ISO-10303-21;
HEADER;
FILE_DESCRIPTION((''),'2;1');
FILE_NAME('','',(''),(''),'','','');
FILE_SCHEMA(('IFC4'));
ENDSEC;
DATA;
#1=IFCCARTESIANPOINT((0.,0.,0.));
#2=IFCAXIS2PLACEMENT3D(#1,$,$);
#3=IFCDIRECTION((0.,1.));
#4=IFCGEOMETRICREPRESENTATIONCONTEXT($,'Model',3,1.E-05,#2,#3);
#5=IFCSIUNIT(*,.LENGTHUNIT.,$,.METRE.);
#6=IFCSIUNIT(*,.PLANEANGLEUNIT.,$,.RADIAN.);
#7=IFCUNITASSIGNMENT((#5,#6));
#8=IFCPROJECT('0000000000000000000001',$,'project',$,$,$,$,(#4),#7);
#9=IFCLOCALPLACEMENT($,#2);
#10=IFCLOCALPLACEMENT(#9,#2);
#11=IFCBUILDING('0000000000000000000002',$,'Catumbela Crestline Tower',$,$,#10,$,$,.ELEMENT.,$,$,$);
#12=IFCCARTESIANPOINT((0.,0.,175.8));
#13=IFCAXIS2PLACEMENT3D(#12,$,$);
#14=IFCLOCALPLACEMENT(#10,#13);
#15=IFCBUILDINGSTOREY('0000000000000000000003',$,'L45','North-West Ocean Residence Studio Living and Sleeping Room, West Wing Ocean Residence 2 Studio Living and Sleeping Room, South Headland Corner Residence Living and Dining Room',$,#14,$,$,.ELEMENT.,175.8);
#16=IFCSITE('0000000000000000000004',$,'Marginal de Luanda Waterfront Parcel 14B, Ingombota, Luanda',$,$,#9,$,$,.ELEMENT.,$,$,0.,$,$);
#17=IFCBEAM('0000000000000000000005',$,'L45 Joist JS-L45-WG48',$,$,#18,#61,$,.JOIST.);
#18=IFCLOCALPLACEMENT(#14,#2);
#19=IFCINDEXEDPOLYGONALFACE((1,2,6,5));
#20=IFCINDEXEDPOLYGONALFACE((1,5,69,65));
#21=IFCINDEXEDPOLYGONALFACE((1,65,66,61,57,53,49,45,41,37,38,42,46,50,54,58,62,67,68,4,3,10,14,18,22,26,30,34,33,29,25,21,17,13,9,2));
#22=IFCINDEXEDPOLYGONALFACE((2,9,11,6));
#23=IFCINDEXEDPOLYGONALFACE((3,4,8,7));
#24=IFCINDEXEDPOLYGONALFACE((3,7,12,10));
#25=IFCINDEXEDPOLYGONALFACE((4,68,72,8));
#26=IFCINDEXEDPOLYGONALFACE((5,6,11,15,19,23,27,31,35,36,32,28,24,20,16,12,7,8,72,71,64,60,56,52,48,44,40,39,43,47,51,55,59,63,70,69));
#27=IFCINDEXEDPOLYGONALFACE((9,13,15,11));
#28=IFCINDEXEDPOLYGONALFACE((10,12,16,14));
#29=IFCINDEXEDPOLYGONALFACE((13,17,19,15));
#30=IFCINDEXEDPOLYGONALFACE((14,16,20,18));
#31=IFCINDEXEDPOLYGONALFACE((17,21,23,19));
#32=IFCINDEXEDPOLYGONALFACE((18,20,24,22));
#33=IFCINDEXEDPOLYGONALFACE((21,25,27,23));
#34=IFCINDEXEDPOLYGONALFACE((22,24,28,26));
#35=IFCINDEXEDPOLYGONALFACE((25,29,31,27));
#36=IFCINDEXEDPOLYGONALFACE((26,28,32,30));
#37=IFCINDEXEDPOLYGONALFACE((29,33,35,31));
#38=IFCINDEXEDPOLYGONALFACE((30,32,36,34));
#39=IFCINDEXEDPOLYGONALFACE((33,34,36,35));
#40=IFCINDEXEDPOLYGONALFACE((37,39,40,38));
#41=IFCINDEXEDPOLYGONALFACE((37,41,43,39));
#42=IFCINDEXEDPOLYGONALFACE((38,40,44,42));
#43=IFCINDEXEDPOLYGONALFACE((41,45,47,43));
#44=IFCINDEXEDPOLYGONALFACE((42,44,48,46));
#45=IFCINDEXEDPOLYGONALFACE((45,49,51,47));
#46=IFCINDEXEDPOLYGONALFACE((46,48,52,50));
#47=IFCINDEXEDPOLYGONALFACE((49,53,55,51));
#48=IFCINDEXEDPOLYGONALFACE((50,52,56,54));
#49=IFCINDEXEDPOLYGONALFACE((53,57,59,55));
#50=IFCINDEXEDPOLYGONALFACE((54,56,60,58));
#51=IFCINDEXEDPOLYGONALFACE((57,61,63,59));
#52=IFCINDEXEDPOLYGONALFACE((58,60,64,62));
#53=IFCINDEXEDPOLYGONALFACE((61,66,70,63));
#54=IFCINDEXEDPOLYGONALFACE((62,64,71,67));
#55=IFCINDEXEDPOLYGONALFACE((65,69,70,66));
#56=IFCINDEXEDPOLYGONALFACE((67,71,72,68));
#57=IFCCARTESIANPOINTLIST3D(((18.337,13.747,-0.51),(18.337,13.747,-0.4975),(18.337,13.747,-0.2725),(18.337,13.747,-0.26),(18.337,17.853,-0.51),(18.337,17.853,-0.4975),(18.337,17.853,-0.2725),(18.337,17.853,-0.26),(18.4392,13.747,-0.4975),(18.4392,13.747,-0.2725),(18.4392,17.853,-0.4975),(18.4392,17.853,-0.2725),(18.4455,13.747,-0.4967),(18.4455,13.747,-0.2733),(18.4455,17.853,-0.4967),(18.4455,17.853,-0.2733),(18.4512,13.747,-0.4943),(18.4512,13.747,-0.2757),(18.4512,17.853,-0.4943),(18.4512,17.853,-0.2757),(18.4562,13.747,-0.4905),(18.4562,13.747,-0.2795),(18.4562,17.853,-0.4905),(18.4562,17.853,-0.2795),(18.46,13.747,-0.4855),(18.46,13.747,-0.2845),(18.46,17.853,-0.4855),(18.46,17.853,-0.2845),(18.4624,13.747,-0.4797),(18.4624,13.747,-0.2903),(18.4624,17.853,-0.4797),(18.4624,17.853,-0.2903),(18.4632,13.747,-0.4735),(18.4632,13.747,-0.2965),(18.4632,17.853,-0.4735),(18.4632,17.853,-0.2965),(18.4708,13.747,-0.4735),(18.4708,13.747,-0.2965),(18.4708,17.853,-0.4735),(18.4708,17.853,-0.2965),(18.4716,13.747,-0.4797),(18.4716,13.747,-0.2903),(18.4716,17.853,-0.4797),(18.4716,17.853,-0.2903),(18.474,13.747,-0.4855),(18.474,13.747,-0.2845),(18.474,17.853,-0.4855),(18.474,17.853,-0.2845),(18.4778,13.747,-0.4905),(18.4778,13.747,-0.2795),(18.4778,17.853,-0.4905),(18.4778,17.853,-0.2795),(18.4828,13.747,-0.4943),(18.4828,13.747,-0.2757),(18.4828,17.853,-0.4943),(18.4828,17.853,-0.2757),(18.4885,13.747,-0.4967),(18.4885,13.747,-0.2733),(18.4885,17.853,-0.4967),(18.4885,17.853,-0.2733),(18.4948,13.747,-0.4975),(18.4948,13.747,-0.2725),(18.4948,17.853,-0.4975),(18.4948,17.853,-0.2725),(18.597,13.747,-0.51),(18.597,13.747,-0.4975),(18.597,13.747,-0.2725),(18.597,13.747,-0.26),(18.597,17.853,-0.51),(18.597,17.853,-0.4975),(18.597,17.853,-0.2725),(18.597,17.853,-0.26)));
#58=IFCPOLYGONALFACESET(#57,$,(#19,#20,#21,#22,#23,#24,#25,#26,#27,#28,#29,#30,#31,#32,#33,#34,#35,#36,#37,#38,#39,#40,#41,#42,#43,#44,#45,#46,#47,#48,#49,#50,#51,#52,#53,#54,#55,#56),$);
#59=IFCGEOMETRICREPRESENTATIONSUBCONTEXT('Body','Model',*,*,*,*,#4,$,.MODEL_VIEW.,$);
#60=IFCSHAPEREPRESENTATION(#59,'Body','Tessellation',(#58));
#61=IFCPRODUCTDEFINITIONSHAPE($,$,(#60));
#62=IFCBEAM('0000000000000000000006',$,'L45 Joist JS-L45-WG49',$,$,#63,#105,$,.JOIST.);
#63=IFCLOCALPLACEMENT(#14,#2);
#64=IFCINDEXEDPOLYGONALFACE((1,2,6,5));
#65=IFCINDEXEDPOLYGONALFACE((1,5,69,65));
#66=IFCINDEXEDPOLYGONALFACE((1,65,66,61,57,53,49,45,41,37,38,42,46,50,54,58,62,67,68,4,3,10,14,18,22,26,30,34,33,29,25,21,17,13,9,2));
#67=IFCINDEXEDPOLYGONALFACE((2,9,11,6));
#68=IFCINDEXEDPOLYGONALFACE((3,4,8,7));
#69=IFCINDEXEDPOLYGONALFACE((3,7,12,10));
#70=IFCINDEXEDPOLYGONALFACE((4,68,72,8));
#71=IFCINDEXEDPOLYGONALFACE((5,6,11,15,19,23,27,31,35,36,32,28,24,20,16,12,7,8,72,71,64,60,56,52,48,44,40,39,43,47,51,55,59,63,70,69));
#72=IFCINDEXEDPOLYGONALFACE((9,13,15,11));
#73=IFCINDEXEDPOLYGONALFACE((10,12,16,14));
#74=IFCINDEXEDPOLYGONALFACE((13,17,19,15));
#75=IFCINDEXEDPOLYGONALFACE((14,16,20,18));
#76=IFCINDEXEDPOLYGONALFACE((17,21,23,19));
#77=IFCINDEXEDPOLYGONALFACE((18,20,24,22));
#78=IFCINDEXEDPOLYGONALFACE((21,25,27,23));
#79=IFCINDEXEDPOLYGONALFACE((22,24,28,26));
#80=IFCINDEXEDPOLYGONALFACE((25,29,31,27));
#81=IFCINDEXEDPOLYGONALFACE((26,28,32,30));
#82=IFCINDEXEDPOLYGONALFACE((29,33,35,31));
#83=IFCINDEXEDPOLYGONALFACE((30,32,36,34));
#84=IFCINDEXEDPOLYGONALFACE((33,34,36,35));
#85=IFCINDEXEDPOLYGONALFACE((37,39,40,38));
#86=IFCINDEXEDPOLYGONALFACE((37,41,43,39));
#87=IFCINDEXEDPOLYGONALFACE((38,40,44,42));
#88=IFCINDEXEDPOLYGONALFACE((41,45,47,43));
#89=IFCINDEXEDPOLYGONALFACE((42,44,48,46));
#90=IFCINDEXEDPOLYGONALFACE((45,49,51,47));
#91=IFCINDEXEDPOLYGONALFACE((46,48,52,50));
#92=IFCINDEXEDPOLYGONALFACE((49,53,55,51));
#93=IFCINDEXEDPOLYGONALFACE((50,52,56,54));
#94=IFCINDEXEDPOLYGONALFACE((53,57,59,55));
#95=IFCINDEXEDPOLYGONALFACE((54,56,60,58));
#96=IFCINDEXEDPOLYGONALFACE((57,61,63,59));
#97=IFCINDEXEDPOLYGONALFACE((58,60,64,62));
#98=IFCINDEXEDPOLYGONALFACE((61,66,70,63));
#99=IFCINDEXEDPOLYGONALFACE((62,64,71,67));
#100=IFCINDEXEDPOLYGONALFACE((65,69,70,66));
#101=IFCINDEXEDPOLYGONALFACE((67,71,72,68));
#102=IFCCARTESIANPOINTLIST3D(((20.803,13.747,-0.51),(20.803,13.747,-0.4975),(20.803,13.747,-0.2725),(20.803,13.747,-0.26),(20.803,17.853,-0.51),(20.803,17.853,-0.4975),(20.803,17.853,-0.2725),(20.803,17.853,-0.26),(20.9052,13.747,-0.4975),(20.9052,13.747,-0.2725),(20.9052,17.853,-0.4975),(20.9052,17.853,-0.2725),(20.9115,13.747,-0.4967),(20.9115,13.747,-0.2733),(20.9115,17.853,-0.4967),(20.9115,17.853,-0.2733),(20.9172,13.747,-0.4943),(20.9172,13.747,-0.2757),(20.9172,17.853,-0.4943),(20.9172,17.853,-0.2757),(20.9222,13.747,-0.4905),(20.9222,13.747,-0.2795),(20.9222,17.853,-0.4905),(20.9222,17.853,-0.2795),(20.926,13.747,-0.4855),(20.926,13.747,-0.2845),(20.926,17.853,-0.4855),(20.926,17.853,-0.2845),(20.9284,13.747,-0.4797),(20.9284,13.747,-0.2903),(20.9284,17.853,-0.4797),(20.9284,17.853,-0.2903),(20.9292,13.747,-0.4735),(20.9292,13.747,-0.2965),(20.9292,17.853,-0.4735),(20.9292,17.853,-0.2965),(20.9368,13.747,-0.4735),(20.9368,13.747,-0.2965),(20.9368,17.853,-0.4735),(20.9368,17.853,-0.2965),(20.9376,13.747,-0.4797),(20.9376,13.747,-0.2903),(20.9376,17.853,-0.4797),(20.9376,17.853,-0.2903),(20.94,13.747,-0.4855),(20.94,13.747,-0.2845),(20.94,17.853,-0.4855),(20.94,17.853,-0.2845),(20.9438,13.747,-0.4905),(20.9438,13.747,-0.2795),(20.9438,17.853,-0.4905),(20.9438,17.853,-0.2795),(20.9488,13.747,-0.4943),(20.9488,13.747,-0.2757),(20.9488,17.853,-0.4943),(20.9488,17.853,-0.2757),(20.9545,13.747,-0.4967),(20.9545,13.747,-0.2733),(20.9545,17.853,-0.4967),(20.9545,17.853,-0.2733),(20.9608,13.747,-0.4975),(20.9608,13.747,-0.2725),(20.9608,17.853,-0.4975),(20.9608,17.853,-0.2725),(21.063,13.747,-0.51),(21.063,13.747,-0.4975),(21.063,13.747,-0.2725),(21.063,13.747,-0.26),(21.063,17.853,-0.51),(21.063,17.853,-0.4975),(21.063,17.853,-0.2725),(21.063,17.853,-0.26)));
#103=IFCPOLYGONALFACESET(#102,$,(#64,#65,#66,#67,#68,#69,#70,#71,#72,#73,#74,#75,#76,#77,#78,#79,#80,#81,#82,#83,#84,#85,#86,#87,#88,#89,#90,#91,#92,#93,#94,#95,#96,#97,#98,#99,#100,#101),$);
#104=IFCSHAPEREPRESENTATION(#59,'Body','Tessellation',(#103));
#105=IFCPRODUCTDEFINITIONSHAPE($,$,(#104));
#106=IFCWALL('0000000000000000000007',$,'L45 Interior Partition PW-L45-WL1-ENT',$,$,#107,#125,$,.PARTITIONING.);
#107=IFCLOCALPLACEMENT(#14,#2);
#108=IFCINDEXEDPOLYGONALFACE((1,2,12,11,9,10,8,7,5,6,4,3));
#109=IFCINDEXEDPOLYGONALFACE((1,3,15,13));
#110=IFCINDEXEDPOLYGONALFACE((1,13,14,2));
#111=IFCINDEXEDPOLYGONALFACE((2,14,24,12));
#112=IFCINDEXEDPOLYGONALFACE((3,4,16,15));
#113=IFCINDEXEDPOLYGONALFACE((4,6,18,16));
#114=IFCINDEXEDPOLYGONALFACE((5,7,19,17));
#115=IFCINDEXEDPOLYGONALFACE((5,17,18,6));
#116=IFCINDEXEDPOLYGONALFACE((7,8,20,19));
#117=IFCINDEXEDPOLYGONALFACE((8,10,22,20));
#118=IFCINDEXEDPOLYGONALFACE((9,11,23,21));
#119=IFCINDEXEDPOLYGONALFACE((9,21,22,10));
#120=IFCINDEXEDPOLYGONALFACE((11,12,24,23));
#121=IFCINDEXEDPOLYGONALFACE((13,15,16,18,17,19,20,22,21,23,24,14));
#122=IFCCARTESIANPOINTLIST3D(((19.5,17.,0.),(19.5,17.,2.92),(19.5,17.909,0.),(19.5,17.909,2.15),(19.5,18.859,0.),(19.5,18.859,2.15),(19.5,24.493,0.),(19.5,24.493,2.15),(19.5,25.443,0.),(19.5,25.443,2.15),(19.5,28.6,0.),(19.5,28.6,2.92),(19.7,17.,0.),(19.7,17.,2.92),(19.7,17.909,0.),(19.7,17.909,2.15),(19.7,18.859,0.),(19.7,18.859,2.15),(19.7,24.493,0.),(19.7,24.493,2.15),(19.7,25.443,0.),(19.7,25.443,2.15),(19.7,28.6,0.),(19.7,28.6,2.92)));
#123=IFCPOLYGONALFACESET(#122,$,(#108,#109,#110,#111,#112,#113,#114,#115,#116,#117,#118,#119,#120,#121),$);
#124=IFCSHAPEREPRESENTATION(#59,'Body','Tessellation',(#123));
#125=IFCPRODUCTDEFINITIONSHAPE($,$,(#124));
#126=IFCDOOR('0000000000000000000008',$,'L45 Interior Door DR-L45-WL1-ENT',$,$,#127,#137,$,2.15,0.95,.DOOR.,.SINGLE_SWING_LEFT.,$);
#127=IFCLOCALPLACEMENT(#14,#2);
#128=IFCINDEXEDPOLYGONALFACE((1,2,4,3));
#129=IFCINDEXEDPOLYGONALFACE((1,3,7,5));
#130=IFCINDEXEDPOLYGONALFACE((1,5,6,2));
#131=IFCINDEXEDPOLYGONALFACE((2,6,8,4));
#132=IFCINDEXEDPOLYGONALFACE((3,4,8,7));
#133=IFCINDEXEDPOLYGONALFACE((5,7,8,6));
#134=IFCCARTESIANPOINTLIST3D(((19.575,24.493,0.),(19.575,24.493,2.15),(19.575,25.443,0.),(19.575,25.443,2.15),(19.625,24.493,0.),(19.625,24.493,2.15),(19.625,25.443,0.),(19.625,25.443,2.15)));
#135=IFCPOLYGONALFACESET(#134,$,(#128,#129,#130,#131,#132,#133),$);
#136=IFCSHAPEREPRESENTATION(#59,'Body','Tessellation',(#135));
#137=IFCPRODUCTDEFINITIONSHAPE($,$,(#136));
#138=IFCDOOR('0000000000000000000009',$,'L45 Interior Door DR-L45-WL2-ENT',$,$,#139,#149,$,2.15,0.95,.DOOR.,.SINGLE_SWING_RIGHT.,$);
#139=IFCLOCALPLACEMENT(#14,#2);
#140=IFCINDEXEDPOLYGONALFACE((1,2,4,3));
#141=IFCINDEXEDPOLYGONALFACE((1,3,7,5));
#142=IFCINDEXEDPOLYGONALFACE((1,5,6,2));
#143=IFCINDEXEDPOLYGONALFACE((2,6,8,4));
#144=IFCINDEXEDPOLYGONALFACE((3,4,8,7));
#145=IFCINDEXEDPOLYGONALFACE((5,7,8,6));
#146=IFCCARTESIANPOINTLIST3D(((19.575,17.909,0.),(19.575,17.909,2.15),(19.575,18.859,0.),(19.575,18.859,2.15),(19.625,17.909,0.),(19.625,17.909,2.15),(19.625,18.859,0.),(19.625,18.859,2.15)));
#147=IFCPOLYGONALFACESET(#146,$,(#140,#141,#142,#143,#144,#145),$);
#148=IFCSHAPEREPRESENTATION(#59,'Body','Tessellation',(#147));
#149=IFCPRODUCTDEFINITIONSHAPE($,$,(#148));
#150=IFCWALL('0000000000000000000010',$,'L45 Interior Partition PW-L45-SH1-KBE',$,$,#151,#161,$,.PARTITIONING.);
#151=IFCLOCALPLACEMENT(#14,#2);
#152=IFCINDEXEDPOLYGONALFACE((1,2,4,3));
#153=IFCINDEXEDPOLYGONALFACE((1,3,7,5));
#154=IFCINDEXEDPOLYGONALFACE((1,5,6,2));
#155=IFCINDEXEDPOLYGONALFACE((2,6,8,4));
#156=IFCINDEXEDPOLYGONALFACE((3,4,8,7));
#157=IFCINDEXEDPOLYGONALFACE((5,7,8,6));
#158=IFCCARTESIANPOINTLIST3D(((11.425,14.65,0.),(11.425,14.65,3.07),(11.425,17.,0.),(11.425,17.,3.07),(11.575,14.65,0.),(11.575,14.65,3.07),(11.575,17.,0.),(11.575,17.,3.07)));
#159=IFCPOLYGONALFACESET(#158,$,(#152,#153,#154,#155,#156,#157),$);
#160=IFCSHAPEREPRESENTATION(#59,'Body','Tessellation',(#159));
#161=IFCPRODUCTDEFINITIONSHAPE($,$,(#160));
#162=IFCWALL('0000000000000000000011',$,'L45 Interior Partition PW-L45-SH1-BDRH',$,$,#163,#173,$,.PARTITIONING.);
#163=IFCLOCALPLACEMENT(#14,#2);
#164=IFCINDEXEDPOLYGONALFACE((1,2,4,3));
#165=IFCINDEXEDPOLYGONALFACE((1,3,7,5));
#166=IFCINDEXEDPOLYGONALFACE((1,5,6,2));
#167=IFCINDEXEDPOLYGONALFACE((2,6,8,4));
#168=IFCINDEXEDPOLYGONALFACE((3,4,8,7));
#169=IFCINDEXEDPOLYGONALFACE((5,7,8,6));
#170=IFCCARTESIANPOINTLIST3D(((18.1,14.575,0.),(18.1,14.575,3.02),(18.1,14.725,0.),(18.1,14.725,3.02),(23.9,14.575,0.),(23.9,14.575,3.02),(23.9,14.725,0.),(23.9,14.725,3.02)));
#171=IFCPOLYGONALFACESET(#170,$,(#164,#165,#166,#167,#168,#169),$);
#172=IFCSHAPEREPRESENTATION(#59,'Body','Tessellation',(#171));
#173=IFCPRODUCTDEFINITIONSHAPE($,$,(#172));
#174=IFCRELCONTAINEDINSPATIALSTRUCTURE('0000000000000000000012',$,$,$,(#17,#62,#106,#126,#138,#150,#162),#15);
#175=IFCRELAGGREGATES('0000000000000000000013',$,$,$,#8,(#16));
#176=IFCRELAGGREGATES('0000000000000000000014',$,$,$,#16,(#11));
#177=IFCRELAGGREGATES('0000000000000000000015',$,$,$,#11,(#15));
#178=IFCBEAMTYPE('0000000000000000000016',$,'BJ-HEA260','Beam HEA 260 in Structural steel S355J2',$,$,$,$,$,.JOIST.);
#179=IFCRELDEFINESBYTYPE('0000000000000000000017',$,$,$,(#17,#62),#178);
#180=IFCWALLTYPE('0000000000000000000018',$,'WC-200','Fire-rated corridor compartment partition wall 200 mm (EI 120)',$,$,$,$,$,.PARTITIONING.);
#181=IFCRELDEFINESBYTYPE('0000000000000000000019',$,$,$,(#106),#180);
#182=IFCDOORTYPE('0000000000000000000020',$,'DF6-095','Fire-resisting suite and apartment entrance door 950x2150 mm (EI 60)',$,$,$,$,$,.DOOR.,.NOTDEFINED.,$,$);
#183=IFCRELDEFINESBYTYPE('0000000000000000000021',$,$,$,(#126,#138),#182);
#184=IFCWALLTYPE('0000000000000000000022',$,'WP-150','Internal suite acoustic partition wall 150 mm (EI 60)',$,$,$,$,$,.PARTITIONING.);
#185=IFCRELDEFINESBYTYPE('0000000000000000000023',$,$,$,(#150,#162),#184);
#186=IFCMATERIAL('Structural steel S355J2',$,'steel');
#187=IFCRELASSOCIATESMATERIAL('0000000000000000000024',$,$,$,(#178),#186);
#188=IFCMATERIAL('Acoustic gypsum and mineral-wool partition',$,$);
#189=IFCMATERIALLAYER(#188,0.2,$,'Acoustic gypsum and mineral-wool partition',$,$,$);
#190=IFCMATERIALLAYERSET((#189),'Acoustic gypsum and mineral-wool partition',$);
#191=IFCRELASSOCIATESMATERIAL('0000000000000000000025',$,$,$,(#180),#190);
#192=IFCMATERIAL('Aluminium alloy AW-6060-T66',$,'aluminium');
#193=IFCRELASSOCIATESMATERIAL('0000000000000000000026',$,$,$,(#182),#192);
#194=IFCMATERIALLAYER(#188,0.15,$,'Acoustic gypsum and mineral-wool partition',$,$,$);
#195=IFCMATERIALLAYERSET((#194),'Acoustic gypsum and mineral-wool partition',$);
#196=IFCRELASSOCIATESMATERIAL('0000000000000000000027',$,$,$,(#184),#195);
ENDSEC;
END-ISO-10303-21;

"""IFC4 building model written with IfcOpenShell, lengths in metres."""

from ifc_helpers import new_model, si_unit, direction, frame, frame_2d, origin, origin_2d, place, context, subcontext, project, spatial, rectangle, i_section, extrude, material, layer, layer_set, material_profile, profile_set, type_object, element, fill, save


model = new_model("IFC4")

# Units and contexts
model_context = context("Model", 3, precision=1e-05, world=origin(), true_north=direction((0.0, 1.0)))
body_context = subcontext(model_context, "Body", "Model", "MODEL_VIEW")
ifc_project = project(units=[si_unit("LENGTHUNIT", "METRE"), si_unit("PLANEANGLEUNIT", "RADIAN")], contexts=[model_context])

# Site, building, storey
site_placement = place(None, origin())
site = spatial("IfcSite", under=ifc_project, at=site_placement, Name="Marginal de Luanda Waterfront Parcel 14B, Ingombota, Luanda", CompositionType="ELEMENT", RefElevation=0.0)
building_placement = place(site_placement, origin())
building = spatial("IfcBuilding", under=site, at=building_placement, Name="Catumbela Crestline Tower", CompositionType="ELEMENT")
storey_placement = place(building_placement, frame((0.0, 0.0, 175.8)))
storey = spatial("IfcBuildingStorey", under=building, at=storey_placement, Name="L45", Description="North-West Ocean Residence Studio Living and Sleeping Room, West Wing Ocean Residence 2 Studio Living and Sleeping Room, South Headland Corner Residence Living and Dining Room", CompositionType="ELEMENT", Elevation=175.8)

# Shared definitions
ifc_material_1 = material(Name="Structural steel S355J2", Category="steel")

# Beams
ifc_material_profile_1 = material_profile(ifc_material_1, i_section(OverallWidth=0.26, OverallDepth=0.25, WebThickness=0.0075, FlangeThickness=0.0125, FilletRadius=0.024, at=origin_2d()), Name="HEA 260")
ifc_profile_set_1 = profile_set([ifc_material_profile_1], Name="Structural steel S355J2")
beam_type_1 = type_object("IfcBeamType", Name="BJ-HEA260", Description="Beam HEA 260 in Structural steel S355J2", PredefinedType="JOIST", material=ifc_profile_set_1)
for number, where, z_axis, x_axis, name in (
    (1, (18.467, 13.747, -0.385), (0.0, 1.0, 0.0), (-1.0, 0.0, 0.0), "L45 Joist JS-L45-WG48"),
    (2, (20.933, 13.747, -0.385), (0.0, 1.0, 0.0), (-1.0, 0.0, 0.0), "L45 Joist JS-L45-WG49"),
):
    element("IfcBeam", number, at=place(storey_placement, frame(where, z_axis=z_axis, x_axis=x_axis)), inside=storey, type_object=beam_type_1, Name=name, PredefinedType="JOIST", context=body_context, shape_type="SweptSolid", body=[
        extrude(i_section(OverallWidth=0.26, OverallDepth=0.25, WebThickness=0.0075, FlangeThickness=0.0125, FilletRadius=0.024, at=origin_2d()), origin(), (0.0, 0.0, 1.0), 4.106),
    ])

# Wall, openings, doors
ifc_material_2 = material(Name="Acoustic gypsum and mineral-wool partition")
ifc_layer_1 = layer(ifc_material_2, 0.2, Name="Acoustic gypsum and mineral-wool partition")
ifc_layer_set_1 = layer_set([ifc_layer_1], Name="Acoustic gypsum and mineral-wool partition")
wall_type_1 = type_object("IfcWallType", Name="WC-200", Description="Fire-rated corridor compartment partition wall 200 mm (EI 120)", PredefinedType="PARTITIONING", material=ifc_layer_set_1)
wall_1_placement = place(storey_placement, frame((19.6, 17.0, 0.0), z_axis=(0.0, 0.0, 1.0), x_axis=(0.0, 1.0, 0.0)))
wall_1 = element("IfcWall", 3, at=wall_1_placement, inside=storey, type_object=wall_type_1, Name="L45 Interior Partition PW-L45-WL1-ENT", PredefinedType="PARTITIONING", context=body_context, shape_type="SweptSolid", body=[
    extrude(rectangle(XDim=11.6, YDim=0.2, at=frame_2d((5.8, 0.0))), origin(), (0.0, 0.0, 1.0), 2.92),
])
opening_1_placement = place(wall_1_placement, frame((7.493, 0.0, 0.0)))
opening_1 = element("IfcOpeningElement", 4, at=opening_1_placement, cuts=wall_1, PredefinedType="OPENING", context=body_context, shape_type="SweptSolid", body=[
    extrude(rectangle(XDim=0.95, YDim=2.15, at=frame_2d((0.475, 1.075))), frame((0.0, 0.11, 0.0), z_axis=(0.0, -1.0, 0.0), x_axis=(1.0, 0.0, 0.0)), (0.0, 0.0, 1.0), 0.22),
])
opening_2_placement = place(wall_1_placement, frame((0.909, 0.0, 0.0)))
opening_2 = element("IfcOpeningElement", 5, at=opening_2_placement, cuts=wall_1, PredefinedType="OPENING", context=body_context, shape_type="SweptSolid", body=[
    extrude(rectangle(XDim=0.95, YDim=2.15, at=frame_2d((0.475, 1.075))), frame((0.0, 0.11, 0.0), z_axis=(0.0, -1.0, 0.0), x_axis=(1.0, 0.0, 0.0)), (0.0, 0.0, 1.0), 0.22),
])
ifc_material_3 = material(Name="Aluminium alloy AW-6060-T66", Category="aluminium")
door_type = type_object("IfcDoorType", Name="DF6-095", Description="Fire-resisting suite and apartment entrance door 950x2150 mm (EI 60)", OperationType="NOTDEFINED", PredefinedType="DOOR", material=ifc_material_3)
door_1_placement = place(opening_1_placement, origin())
door_1 = element("IfcDoor", 6, at=door_1_placement, inside=storey, type_object=door_type, Name="L45 Interior Door DR-L45-WL1-ENT", OperationType="SINGLE_SWING_LEFT", OverallHeight=2.15, OverallWidth=0.95, PredefinedType="DOOR", context=body_context, shape_type="SweptSolid", body=[
    extrude(rectangle(XDim=0.95, YDim=2.15, at=frame_2d((0.475, 1.075))), frame((0.0, 0.025, 0.0), z_axis=(0.0, -1.0, 0.0), x_axis=(1.0, 0.0, 0.0)), (0.0, 0.0, 1.0), 0.05),
])
fill(opening_1, door_1)
door_2_placement = place(opening_2_placement, origin())
door_2 = element("IfcDoor", 7, at=door_2_placement, inside=storey, type_object=door_type, Name="L45 Interior Door DR-L45-WL2-ENT", OperationType="SINGLE_SWING_RIGHT", OverallHeight=2.15, OverallWidth=0.95, PredefinedType="DOOR", context=body_context, shape_type="SweptSolid", body=[
    extrude(rectangle(XDim=0.95, YDim=2.15, at=frame_2d((0.475, 1.075))), frame((0.0, 0.025, 0.0), z_axis=(0.0, -1.0, 0.0), x_axis=(1.0, 0.0, 0.0)), (0.0, 0.0, 1.0), 0.05),
])
fill(opening_2, door_2)

# Walls
ifc_layer_2 = layer(ifc_material_2, 0.15, Name="Acoustic gypsum and mineral-wool partition")
ifc_layer_set_2 = layer_set([ifc_layer_2], Name="Acoustic gypsum and mineral-wool partition")
wall_type_2 = type_object("IfcWallType", Name="WP-150", Description="Internal suite acoustic partition wall 150 mm (EI 60)", PredefinedType="PARTITIONING", material=ifc_layer_set_2)
wall_2_placement = place(storey_placement, frame((11.5, 14.65, 0.0), z_axis=(0.0, 0.0, 1.0), x_axis=(0.0, 1.0, 0.0)))
element("IfcWall", 8, at=wall_2_placement, inside=storey, type_object=wall_type_2, Name="L45 Interior Partition PW-L45-SH1-KBE", PredefinedType="PARTITIONING", context=body_context, shape_type="SweptSolid", body=[
    extrude(rectangle(XDim=2.35, YDim=0.15, at=frame_2d((1.175, 0.0))), origin(), (0.0, 0.0, 1.0), 3.07),
])
wall_3_placement = place(storey_placement, frame((18.1, 14.65, 0.0), z_axis=(0.0, 0.0, 1.0), x_axis=(1.0, 0.0, 0.0)))
element("IfcWall", 9, at=wall_3_placement, inside=storey, type_object=wall_type_2, Name="L45 Interior Partition PW-L45-SH1-BDRH", PredefinedType="PARTITIONING", context=body_context, shape_type="SweptSolid", body=[
    extrude(rectangle(XDim=5.8, YDim=0.15, at=frame_2d((2.9, 0.0))), origin(), (0.0, 0.0, 1.0), 3.02),
])

save(model, "model.ifc")
